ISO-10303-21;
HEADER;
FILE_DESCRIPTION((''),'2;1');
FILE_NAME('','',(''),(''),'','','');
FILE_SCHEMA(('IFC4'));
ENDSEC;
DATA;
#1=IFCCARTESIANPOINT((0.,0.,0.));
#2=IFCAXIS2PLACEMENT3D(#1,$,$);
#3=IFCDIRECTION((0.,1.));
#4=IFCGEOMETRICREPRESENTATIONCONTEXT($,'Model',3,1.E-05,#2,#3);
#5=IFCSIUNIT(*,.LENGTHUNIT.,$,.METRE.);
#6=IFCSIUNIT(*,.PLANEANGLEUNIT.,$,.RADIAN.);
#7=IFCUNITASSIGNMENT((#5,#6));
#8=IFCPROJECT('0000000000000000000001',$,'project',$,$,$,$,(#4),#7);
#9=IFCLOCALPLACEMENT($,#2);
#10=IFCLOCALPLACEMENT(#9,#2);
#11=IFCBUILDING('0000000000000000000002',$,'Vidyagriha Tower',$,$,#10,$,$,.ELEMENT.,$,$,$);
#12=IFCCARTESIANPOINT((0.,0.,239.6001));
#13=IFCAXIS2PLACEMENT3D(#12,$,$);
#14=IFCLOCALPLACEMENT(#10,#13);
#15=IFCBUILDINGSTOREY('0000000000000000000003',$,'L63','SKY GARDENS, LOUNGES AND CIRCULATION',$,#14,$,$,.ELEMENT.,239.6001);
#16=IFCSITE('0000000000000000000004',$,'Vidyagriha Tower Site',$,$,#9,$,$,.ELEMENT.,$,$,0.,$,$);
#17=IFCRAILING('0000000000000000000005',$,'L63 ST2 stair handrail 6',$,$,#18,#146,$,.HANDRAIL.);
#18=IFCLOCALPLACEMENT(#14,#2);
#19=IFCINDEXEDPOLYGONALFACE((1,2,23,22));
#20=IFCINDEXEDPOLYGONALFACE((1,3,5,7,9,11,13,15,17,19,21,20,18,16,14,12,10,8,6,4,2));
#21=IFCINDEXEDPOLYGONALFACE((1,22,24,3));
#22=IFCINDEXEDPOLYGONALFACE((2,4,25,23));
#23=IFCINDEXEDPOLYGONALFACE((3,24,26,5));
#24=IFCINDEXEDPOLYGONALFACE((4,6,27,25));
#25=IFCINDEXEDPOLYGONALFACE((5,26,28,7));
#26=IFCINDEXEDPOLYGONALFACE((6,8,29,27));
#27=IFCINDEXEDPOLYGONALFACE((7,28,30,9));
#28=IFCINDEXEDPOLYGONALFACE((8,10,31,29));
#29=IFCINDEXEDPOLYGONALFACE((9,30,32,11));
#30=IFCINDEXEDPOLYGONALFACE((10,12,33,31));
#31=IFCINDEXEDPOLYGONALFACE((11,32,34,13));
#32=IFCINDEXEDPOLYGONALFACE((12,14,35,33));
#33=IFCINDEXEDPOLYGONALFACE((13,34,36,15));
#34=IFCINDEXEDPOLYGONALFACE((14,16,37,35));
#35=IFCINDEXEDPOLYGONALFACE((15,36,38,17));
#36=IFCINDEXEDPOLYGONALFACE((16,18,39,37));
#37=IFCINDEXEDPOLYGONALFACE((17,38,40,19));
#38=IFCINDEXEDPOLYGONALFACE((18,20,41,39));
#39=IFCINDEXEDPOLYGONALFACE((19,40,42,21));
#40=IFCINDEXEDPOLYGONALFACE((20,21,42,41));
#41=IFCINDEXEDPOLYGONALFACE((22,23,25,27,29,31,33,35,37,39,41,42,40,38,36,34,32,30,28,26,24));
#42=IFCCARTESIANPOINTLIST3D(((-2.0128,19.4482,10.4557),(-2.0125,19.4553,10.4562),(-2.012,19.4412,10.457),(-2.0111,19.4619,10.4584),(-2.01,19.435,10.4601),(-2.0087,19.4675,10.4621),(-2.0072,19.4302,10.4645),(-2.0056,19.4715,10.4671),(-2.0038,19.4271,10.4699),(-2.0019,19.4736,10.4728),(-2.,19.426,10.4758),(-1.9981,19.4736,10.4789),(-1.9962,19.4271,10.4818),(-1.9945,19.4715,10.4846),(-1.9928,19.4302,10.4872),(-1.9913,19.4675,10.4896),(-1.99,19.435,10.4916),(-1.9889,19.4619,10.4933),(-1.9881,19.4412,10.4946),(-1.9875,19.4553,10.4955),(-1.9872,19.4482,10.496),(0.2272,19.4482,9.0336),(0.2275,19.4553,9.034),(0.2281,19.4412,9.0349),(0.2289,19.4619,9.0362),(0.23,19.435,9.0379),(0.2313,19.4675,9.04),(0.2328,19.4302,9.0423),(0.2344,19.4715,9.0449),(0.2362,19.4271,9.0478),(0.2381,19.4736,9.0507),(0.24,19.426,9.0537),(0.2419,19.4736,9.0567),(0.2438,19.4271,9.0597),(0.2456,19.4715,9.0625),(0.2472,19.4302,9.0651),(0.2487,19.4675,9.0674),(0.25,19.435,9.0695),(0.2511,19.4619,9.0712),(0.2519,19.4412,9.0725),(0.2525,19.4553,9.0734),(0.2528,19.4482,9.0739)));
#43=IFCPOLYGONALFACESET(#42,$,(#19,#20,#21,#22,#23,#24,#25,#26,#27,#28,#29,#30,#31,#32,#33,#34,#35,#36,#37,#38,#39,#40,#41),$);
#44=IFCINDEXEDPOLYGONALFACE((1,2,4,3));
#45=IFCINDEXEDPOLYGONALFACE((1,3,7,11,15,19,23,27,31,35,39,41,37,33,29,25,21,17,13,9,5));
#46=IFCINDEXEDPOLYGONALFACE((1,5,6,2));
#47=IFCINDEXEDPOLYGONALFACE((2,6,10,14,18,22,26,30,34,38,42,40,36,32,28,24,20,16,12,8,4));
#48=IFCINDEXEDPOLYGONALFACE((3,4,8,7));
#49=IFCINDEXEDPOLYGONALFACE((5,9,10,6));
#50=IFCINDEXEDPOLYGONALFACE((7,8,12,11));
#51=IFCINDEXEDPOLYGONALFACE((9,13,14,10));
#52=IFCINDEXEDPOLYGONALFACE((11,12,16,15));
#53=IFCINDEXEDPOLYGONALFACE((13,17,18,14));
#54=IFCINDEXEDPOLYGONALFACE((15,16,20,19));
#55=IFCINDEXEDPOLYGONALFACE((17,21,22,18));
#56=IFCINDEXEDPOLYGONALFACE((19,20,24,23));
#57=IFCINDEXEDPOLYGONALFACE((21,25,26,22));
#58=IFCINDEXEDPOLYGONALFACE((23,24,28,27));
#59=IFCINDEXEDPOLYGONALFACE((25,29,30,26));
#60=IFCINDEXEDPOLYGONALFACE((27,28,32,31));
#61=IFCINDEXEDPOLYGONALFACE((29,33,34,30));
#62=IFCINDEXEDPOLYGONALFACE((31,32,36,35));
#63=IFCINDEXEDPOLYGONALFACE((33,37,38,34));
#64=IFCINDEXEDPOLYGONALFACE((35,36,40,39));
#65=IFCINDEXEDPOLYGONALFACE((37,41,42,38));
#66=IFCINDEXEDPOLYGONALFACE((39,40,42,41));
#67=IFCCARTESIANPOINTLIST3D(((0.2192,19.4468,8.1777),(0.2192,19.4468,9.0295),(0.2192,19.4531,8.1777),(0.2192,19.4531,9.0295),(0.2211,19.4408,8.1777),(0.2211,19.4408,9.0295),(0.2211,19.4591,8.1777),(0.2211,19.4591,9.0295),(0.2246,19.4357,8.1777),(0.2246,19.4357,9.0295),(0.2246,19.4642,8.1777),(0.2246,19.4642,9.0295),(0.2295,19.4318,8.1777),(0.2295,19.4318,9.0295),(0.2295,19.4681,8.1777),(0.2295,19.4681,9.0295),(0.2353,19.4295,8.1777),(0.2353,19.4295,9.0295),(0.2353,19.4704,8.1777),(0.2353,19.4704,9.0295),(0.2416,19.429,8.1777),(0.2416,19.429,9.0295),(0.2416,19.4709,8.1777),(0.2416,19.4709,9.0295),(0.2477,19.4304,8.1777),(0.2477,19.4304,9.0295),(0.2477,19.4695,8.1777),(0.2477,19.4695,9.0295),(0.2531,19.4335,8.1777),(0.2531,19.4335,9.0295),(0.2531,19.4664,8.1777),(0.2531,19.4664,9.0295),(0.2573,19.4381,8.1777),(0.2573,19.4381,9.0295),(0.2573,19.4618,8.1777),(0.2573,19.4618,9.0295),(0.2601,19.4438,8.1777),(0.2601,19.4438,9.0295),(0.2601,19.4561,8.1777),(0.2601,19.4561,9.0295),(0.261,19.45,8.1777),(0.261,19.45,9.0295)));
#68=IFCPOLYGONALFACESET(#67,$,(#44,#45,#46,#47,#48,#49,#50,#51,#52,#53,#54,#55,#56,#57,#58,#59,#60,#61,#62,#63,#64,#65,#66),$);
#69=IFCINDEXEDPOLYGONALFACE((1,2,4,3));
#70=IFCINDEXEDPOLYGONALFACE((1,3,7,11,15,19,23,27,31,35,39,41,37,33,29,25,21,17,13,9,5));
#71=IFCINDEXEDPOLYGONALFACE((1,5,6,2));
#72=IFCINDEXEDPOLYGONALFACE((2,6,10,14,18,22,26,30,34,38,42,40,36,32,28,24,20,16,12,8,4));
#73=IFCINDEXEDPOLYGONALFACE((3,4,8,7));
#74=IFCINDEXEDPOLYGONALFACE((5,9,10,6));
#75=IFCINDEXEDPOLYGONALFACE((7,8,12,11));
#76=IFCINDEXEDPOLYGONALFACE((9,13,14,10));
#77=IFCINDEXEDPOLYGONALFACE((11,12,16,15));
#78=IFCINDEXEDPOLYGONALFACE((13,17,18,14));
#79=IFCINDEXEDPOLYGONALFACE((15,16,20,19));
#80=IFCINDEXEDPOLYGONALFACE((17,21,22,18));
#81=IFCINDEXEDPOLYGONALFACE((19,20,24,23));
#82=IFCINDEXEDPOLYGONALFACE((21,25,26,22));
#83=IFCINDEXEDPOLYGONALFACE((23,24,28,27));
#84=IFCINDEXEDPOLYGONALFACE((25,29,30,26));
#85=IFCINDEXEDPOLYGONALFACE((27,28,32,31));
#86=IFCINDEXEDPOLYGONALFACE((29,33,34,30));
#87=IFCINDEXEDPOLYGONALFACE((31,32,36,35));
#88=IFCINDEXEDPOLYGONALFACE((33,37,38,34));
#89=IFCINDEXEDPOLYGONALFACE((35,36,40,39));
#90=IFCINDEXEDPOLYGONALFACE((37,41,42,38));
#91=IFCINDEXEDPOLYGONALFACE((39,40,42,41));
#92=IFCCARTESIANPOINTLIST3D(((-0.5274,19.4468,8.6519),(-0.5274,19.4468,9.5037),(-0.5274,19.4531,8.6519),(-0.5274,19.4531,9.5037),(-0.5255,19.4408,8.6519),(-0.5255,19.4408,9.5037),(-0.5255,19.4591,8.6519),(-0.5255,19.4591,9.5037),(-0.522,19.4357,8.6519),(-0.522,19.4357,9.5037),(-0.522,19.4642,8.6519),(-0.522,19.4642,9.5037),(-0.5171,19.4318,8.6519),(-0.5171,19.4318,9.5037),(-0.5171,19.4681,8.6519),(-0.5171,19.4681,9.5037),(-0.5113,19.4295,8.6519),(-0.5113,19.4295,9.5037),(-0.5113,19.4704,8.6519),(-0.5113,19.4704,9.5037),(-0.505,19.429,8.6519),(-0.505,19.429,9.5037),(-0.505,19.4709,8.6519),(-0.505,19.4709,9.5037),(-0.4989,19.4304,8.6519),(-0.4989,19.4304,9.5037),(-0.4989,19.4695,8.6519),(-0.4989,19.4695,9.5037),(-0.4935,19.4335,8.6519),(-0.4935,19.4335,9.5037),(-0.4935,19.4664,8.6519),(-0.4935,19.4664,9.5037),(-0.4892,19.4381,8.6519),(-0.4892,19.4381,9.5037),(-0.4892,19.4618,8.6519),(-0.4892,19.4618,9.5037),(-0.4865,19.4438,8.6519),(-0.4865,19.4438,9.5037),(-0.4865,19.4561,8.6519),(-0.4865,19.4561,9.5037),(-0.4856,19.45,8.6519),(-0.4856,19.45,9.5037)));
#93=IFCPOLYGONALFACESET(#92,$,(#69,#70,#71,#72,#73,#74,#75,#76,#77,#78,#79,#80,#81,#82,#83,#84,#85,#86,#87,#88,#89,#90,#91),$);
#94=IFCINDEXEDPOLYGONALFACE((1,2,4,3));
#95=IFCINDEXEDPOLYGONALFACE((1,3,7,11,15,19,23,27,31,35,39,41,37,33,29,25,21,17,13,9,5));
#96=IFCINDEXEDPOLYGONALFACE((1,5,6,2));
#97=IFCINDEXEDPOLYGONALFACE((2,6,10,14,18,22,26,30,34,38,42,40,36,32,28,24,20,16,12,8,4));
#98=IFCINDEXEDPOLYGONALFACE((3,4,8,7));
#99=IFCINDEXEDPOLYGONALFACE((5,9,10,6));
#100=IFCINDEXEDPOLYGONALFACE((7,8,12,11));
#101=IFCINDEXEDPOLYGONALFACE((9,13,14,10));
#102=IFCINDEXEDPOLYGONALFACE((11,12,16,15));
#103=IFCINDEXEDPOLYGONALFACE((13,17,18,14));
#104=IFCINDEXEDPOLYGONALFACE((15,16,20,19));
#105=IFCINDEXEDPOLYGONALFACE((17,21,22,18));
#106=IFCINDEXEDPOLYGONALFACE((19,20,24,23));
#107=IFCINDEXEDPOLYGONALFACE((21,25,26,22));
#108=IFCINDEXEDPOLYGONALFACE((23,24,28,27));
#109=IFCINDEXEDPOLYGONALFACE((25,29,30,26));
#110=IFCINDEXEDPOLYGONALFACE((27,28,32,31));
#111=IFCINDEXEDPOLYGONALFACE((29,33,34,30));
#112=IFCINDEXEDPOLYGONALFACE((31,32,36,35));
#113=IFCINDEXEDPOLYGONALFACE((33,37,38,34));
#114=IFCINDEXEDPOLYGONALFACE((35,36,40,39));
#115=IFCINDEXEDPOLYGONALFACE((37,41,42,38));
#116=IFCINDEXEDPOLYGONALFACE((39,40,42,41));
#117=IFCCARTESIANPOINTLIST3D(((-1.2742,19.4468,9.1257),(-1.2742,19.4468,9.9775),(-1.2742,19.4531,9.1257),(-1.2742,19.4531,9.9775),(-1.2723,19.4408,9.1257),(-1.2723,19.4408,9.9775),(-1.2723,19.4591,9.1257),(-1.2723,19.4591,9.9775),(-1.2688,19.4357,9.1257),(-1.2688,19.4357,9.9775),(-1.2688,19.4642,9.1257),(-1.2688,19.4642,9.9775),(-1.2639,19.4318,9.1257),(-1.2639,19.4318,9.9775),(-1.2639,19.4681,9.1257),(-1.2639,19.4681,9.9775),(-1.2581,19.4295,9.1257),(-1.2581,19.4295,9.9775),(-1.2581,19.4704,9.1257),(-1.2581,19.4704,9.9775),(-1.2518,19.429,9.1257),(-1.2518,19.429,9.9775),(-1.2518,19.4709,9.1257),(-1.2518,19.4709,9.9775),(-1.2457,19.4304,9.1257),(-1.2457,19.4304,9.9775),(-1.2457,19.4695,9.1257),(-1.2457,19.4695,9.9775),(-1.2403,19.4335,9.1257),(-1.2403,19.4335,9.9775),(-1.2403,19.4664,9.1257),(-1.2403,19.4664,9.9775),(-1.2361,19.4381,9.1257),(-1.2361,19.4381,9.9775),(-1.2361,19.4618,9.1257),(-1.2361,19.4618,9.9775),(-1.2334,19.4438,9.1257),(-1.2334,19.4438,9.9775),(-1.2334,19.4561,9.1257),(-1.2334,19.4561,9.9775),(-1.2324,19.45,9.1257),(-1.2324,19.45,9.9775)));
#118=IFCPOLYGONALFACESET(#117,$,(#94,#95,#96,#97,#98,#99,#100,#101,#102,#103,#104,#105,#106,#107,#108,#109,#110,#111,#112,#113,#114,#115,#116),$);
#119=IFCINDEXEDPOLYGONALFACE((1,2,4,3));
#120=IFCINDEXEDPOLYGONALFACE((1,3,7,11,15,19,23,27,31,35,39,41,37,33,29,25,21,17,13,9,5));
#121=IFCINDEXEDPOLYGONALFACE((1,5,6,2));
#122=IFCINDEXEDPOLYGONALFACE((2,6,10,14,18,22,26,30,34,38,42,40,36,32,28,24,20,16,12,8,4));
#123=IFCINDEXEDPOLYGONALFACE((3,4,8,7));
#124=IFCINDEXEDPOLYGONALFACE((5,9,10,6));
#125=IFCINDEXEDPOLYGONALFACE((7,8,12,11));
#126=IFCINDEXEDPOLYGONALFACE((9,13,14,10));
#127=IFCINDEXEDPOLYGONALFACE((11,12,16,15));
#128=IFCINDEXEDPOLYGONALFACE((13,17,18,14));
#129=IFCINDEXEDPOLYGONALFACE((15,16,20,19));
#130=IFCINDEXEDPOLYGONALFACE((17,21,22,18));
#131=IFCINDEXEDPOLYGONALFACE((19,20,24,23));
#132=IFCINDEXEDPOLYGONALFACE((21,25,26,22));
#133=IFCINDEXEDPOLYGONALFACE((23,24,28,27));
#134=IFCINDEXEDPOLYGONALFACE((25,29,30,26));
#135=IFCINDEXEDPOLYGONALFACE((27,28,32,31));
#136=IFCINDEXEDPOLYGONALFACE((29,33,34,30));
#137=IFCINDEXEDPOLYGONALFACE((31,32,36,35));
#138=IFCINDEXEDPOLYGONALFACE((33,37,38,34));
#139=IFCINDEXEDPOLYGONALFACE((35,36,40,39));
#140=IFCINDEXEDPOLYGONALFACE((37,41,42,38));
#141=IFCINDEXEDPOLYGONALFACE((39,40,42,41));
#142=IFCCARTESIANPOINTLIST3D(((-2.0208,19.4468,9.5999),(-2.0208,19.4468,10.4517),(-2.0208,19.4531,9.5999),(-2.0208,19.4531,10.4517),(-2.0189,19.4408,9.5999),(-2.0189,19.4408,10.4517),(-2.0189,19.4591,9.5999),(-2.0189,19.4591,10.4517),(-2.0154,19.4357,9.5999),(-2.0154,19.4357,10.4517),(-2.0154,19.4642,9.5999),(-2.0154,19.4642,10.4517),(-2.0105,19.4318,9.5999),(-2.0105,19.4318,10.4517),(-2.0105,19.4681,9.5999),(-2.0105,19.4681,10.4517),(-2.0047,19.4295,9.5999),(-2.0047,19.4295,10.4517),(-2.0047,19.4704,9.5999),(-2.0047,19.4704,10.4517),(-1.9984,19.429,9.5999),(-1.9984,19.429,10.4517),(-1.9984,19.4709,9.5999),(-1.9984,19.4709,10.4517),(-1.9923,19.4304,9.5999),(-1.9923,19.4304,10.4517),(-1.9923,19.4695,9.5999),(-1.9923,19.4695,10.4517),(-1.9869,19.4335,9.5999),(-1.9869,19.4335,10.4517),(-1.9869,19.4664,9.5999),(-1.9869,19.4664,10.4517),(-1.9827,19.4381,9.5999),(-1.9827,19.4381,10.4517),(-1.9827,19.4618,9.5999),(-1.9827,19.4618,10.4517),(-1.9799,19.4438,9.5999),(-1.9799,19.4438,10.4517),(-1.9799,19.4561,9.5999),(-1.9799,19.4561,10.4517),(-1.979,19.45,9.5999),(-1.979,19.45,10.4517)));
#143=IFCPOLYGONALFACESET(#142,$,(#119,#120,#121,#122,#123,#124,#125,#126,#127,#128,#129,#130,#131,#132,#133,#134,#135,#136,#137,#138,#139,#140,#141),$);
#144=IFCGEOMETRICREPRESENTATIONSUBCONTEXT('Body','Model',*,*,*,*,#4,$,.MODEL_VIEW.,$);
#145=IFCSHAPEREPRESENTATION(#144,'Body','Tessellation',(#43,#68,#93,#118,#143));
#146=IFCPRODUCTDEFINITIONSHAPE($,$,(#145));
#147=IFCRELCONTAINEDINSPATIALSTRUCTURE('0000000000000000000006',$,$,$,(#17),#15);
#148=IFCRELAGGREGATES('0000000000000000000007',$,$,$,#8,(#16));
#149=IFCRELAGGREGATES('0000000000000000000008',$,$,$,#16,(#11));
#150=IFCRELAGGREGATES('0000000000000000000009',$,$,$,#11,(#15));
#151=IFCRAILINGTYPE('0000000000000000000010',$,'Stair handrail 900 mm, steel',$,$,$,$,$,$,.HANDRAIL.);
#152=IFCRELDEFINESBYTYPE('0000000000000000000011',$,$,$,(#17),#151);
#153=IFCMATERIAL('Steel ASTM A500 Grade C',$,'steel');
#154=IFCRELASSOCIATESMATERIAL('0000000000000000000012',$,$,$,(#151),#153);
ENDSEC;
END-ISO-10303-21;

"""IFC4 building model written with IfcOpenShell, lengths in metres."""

from ifc_helpers import new_model, si_unit, direction, frame, origin, origin_2d, place, context, subcontext, project, spatial, circle, extrude, material, type_object, element, save


model = new_model("IFC4")

# Units and contexts
model_context = context("Model", 3, precision=1e-05, world=origin(), true_north=direction((0.0, 1.0)))
body_context = subcontext(model_context, "Body", "Model", "MODEL_VIEW")
ifc_project = project(units=[si_unit("LENGTHUNIT", "METRE"), si_unit("PLANEANGLEUNIT", "RADIAN")], contexts=[model_context])

# Site, building, storey
site_placement = place(None, origin())
site = spatial("IfcSite", under=ifc_project, at=site_placement, Name="Vidyagriha Tower Site", CompositionType="ELEMENT", RefElevation=0.0)
building_placement = place(site_placement, origin())
building = spatial("IfcBuilding", under=site, at=building_placement, Name="Vidyagriha Tower", CompositionType="ELEMENT")
storey_placement = place(building_placement, frame((0.0, 0.0, 239.6001)))
storey = spatial("IfcBuildingStorey", under=building, at=storey_placement, Name="L63", Description="SKY GARDENS, LOUNGES AND CIRCULATION", CompositionType="ELEMENT", Elevation=239.6001)

# Railing
ifc_material_1 = material(Name="Steel ASTM A500 Grade C", Category="steel")
railing_type_1 = type_object("IfcRailingType", Name="Stair handrail 900 mm, steel", PredefinedType="HANDRAIL", material=ifc_material_1)
for number, where, name in (
    (1, (0.24, 19.45, 8.1777), "L63 ST2 stair handrail 6"),
):
    element("IfcRailing", number, at=place(storey_placement, frame(where)), inside=storey, type_object=railing_type_1, Name=name, PredefinedType="HANDRAIL", context=body_context, shape_type="SweptSolid", body=[
        extrude(circle(Radius=0.0239, at=origin_2d()), frame((0.0, 0.0, 0.876), z_axis=(-0.844229, 0.0, 0.535982), x_axis=(0.0, -1.0, 0.0)), (0.0, 0.0, 1.0), 2.6533),
        extrude(circle(Radius=0.021, at=origin_2d()), origin(), (0.0, 0.0, 1.0), 0.8518),
        extrude(circle(Radius=0.021, at=origin_2d()), frame((-0.7466, 0.0, 0.4741)), (0.0, 0.0, 1.0), 0.8518),
        extrude(circle(Radius=0.021, at=origin_2d()), frame((-1.4934, 0.0, 0.948)), (0.0, 0.0, 1.0), 0.8518),
        extrude(circle(Radius=0.021, at=origin_2d()), frame((-2.24, 0.0, 1.4221)), (0.0, 0.0, 1.0), 0.8518),
    ])

save(model, "model.ifc")
